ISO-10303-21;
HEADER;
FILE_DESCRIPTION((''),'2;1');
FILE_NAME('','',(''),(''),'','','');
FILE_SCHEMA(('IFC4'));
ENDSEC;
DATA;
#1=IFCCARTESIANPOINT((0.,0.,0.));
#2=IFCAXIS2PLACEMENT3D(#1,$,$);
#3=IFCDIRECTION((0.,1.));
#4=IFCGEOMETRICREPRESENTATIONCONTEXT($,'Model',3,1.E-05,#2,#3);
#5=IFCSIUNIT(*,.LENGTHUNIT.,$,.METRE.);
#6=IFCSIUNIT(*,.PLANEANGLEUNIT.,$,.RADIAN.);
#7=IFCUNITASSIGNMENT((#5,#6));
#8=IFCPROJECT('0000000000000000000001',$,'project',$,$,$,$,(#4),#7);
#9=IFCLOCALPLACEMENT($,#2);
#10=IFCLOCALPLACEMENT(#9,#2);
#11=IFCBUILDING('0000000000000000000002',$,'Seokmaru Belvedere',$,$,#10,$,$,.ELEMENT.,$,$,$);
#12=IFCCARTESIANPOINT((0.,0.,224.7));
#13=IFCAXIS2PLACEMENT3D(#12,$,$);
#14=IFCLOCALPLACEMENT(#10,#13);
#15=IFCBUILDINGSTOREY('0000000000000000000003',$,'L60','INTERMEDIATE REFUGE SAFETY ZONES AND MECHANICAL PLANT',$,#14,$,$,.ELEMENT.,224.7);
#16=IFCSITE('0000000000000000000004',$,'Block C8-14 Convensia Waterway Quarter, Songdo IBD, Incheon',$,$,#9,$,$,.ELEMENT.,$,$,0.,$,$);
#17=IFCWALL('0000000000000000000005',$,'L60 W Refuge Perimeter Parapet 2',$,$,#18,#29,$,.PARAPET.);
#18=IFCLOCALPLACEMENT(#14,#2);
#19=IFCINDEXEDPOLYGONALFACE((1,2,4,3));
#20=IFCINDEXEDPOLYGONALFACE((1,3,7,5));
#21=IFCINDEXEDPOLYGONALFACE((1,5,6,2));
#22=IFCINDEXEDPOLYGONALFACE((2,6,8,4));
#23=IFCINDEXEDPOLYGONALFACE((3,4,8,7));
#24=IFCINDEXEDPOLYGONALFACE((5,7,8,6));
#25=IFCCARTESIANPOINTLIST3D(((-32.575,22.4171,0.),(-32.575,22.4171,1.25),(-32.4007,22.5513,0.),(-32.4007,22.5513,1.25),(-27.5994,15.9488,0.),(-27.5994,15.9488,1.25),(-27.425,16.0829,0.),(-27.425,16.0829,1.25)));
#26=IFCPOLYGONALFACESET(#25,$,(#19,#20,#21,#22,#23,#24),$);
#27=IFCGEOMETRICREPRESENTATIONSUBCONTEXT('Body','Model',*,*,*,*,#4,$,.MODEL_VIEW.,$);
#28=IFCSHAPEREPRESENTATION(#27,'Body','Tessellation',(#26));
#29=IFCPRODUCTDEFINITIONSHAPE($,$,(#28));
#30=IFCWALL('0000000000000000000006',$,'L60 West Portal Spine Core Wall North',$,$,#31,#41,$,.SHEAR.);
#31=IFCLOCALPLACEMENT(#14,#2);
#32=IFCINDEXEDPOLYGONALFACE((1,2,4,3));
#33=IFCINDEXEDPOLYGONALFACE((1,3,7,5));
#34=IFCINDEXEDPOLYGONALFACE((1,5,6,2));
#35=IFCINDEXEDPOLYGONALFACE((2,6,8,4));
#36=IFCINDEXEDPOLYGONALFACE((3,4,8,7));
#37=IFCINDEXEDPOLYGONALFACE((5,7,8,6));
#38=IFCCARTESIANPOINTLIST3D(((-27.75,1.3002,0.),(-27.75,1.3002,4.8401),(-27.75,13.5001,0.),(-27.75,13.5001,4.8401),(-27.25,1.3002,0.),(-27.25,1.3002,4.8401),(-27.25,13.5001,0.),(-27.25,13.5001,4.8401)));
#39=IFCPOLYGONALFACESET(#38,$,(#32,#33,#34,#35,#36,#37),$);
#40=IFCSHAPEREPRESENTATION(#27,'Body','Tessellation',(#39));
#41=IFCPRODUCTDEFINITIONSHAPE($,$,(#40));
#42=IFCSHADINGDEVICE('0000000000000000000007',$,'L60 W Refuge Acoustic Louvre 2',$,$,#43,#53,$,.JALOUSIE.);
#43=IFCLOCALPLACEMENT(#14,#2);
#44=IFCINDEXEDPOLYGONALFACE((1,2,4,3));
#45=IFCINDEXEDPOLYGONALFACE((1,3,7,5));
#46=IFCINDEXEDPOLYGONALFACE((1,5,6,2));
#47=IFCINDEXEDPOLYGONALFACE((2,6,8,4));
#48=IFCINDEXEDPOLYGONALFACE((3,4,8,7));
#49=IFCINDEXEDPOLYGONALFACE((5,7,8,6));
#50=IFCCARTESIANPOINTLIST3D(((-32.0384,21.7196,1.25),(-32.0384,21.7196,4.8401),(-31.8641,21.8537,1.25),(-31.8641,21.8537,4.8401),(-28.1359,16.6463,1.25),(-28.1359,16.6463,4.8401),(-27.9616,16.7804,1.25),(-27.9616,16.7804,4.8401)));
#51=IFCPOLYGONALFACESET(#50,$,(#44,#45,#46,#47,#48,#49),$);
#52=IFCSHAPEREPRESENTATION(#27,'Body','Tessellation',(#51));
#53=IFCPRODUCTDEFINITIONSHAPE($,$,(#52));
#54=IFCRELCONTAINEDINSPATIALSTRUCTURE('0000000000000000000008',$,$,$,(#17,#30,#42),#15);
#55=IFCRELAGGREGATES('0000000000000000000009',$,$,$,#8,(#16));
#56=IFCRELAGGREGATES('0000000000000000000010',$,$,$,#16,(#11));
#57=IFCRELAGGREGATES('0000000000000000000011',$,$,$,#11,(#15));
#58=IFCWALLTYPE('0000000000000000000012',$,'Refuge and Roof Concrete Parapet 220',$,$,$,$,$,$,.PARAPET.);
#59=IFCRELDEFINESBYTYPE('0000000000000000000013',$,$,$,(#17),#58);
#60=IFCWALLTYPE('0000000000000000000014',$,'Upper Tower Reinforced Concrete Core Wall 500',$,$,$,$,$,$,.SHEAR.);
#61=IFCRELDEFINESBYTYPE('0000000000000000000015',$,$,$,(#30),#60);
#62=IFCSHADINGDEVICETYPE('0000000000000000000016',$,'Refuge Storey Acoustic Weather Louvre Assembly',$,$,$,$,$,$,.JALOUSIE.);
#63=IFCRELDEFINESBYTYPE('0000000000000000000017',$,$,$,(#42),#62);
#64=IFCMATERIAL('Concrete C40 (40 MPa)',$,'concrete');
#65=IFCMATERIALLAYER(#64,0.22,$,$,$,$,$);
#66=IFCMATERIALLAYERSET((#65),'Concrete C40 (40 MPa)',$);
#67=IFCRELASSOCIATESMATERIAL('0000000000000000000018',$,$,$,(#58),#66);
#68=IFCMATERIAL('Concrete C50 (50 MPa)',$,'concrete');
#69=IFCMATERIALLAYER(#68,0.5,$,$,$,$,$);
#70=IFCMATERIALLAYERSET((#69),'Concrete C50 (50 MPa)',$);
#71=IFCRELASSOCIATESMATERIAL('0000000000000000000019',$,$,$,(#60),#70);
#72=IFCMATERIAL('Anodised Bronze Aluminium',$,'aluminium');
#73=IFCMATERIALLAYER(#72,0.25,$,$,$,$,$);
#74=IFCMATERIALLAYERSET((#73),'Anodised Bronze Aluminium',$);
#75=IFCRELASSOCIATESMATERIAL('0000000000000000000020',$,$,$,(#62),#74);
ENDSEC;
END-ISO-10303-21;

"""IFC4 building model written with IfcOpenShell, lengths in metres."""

from ifc_helpers import new_model, si_unit, direction, frame, frame_2d, origin, origin_2d, place, context, subcontext, project, spatial, rectangle, extrude, source, transform, mapped, material, layer, layer_set, type_object, type_shapes, element, save


model = new_model("IFC4")

# Units and contexts
model_context = context("Model", 3, precision=1e-05, world=origin(), true_north=direction((0.0, 1.0)))
body_context = subcontext(model_context, "Body", "Model", "MODEL_VIEW")
ifc_project = project(units=[si_unit("LENGTHUNIT", "METRE"), si_unit("PLANEANGLEUNIT", "RADIAN")], contexts=[model_context])

# Site, building, storey
site_placement = place(None, origin())
site = spatial("IfcSite", under=ifc_project, at=site_placement, Name="Block C8-14 Convensia Waterway Quarter, Songdo IBD, Incheon", CompositionType="ELEMENT", RefElevation=0.0)
building_placement = place(site_placement, origin())
building = spatial("IfcBuilding", under=site, at=building_placement, Name="Seokmaru Belvedere", CompositionType="ELEMENT")
storey_placement = place(building_placement, frame((0.0, 0.0, 224.7)))
storey = spatial("IfcBuildingStorey", under=building, at=storey_placement, Name="L60", Description="INTERMEDIATE REFUGE SAFETY ZONES AND MECHANICAL PLANT", CompositionType="ELEMENT", Elevation=224.7)

# Shared definitions
ifc_material_1 = material(Name="Concrete C50 (50 MPa)", Category="concrete")

# Walls
ifc_material_2 = material(Name="Concrete C40 (40 MPa)", Category="concrete")
ifc_layer_1 = layer(ifc_material_2, 0.22)
ifc_layer_set_1 = layer_set([ifc_layer_1], Name="Concrete C40 (40 MPa)")
wall_type_1 = type_object("IfcWallType", Name="Refuge and Roof Concrete Parapet 220", PredefinedType="PARAPET", material=ifc_layer_set_1)
wall_1_placement = place(storey_placement, frame((-27.5122, 16.0159, 0.0), z_axis=(0.0, 0.0, 1.0), x_axis=(-0.609711, 0.792624, 0.0)))
element("IfcWall", 1, at=wall_1_placement, inside=storey, type_object=wall_type_1, Name="L60 W Refuge Perimeter Parapet 2", PredefinedType="PARAPET", context=body_context, shape_type="SweptSolid", body=[
    extrude(rectangle(XDim=8.1606, YDim=0.22, at=frame_2d((4.0803, 0.0))), origin(), (0.0, 0.0, 1.0), 1.25),
])
ifc_layer_2 = layer(ifc_material_1, 0.5)
ifc_layer_set_2 = layer_set([ifc_layer_2], Name="Concrete C50 (50 MPa)")
wall_type_2 = type_object("IfcWallType", Name="Upper Tower Reinforced Concrete Core Wall 500", PredefinedType="SHEAR", material=ifc_layer_set_2)
wall_2_placement = place(storey_placement, frame((-27.5, 1.3, 0.0), z_axis=(0.0, 0.0, 1.0), x_axis=(0.0, 1.0, 0.0)))
element("IfcWall", 2, at=wall_2_placement, inside=storey, type_object=wall_type_2, Name="L60 West Portal Spine Core Wall North", PredefinedType="SHEAR", context=body_context, shape_type="SweptSolid", body=[
    extrude(rectangle(XDim=12.2, YDim=0.5, at=frame_2d((6.1001, 0.0))), origin(), (0.0, 0.0, 1.0), 4.8401),
])

# Shading device
ifc_material_3 = material(Name="Anodised Bronze Aluminium", Category="aluminium")
ifc_layer_3 = layer(ifc_material_3, 0.25)
ifc_layer_set_3 = layer_set([ifc_layer_3], Name="Anodised Bronze Aluminium")
shading_device_type = type_object("IfcShadingDeviceType", Name="Refuge Storey Acoustic Weather Louvre Assembly", PredefinedType="JALOUSIE", material=ifc_layer_set_3)
shared_shape_1 = source(origin(), body_context, "Body", "SweptSolid", [
    extrude(rectangle(XDim=6.4006, YDim=0.22, at=origin_2d()), origin(), (0.0, 0.0, 1.0), 3.5901),
])
type_shapes(shading_device_type, [shared_shape_1])
shading_device_placement = place(storey_placement, frame((-30.0, 19.25, 1.25), z_axis=(0.0, 0.0, 1.0), x_axis=(-0.609711, 0.792624, 0.0)))
element("IfcShadingDevice", 3, at=shading_device_placement, inside=storey, type_object=shading_device_type, Name="L60 W Refuge Acoustic Louvre 2", PredefinedType="JALOUSIE", context=body_context, shape_type="MappedRepresentation", body=[
    mapped(shared_shape_1, transform((0.0, 0.0, 0.0), scale=1.0)),
])

save(model, "model.ifc")
